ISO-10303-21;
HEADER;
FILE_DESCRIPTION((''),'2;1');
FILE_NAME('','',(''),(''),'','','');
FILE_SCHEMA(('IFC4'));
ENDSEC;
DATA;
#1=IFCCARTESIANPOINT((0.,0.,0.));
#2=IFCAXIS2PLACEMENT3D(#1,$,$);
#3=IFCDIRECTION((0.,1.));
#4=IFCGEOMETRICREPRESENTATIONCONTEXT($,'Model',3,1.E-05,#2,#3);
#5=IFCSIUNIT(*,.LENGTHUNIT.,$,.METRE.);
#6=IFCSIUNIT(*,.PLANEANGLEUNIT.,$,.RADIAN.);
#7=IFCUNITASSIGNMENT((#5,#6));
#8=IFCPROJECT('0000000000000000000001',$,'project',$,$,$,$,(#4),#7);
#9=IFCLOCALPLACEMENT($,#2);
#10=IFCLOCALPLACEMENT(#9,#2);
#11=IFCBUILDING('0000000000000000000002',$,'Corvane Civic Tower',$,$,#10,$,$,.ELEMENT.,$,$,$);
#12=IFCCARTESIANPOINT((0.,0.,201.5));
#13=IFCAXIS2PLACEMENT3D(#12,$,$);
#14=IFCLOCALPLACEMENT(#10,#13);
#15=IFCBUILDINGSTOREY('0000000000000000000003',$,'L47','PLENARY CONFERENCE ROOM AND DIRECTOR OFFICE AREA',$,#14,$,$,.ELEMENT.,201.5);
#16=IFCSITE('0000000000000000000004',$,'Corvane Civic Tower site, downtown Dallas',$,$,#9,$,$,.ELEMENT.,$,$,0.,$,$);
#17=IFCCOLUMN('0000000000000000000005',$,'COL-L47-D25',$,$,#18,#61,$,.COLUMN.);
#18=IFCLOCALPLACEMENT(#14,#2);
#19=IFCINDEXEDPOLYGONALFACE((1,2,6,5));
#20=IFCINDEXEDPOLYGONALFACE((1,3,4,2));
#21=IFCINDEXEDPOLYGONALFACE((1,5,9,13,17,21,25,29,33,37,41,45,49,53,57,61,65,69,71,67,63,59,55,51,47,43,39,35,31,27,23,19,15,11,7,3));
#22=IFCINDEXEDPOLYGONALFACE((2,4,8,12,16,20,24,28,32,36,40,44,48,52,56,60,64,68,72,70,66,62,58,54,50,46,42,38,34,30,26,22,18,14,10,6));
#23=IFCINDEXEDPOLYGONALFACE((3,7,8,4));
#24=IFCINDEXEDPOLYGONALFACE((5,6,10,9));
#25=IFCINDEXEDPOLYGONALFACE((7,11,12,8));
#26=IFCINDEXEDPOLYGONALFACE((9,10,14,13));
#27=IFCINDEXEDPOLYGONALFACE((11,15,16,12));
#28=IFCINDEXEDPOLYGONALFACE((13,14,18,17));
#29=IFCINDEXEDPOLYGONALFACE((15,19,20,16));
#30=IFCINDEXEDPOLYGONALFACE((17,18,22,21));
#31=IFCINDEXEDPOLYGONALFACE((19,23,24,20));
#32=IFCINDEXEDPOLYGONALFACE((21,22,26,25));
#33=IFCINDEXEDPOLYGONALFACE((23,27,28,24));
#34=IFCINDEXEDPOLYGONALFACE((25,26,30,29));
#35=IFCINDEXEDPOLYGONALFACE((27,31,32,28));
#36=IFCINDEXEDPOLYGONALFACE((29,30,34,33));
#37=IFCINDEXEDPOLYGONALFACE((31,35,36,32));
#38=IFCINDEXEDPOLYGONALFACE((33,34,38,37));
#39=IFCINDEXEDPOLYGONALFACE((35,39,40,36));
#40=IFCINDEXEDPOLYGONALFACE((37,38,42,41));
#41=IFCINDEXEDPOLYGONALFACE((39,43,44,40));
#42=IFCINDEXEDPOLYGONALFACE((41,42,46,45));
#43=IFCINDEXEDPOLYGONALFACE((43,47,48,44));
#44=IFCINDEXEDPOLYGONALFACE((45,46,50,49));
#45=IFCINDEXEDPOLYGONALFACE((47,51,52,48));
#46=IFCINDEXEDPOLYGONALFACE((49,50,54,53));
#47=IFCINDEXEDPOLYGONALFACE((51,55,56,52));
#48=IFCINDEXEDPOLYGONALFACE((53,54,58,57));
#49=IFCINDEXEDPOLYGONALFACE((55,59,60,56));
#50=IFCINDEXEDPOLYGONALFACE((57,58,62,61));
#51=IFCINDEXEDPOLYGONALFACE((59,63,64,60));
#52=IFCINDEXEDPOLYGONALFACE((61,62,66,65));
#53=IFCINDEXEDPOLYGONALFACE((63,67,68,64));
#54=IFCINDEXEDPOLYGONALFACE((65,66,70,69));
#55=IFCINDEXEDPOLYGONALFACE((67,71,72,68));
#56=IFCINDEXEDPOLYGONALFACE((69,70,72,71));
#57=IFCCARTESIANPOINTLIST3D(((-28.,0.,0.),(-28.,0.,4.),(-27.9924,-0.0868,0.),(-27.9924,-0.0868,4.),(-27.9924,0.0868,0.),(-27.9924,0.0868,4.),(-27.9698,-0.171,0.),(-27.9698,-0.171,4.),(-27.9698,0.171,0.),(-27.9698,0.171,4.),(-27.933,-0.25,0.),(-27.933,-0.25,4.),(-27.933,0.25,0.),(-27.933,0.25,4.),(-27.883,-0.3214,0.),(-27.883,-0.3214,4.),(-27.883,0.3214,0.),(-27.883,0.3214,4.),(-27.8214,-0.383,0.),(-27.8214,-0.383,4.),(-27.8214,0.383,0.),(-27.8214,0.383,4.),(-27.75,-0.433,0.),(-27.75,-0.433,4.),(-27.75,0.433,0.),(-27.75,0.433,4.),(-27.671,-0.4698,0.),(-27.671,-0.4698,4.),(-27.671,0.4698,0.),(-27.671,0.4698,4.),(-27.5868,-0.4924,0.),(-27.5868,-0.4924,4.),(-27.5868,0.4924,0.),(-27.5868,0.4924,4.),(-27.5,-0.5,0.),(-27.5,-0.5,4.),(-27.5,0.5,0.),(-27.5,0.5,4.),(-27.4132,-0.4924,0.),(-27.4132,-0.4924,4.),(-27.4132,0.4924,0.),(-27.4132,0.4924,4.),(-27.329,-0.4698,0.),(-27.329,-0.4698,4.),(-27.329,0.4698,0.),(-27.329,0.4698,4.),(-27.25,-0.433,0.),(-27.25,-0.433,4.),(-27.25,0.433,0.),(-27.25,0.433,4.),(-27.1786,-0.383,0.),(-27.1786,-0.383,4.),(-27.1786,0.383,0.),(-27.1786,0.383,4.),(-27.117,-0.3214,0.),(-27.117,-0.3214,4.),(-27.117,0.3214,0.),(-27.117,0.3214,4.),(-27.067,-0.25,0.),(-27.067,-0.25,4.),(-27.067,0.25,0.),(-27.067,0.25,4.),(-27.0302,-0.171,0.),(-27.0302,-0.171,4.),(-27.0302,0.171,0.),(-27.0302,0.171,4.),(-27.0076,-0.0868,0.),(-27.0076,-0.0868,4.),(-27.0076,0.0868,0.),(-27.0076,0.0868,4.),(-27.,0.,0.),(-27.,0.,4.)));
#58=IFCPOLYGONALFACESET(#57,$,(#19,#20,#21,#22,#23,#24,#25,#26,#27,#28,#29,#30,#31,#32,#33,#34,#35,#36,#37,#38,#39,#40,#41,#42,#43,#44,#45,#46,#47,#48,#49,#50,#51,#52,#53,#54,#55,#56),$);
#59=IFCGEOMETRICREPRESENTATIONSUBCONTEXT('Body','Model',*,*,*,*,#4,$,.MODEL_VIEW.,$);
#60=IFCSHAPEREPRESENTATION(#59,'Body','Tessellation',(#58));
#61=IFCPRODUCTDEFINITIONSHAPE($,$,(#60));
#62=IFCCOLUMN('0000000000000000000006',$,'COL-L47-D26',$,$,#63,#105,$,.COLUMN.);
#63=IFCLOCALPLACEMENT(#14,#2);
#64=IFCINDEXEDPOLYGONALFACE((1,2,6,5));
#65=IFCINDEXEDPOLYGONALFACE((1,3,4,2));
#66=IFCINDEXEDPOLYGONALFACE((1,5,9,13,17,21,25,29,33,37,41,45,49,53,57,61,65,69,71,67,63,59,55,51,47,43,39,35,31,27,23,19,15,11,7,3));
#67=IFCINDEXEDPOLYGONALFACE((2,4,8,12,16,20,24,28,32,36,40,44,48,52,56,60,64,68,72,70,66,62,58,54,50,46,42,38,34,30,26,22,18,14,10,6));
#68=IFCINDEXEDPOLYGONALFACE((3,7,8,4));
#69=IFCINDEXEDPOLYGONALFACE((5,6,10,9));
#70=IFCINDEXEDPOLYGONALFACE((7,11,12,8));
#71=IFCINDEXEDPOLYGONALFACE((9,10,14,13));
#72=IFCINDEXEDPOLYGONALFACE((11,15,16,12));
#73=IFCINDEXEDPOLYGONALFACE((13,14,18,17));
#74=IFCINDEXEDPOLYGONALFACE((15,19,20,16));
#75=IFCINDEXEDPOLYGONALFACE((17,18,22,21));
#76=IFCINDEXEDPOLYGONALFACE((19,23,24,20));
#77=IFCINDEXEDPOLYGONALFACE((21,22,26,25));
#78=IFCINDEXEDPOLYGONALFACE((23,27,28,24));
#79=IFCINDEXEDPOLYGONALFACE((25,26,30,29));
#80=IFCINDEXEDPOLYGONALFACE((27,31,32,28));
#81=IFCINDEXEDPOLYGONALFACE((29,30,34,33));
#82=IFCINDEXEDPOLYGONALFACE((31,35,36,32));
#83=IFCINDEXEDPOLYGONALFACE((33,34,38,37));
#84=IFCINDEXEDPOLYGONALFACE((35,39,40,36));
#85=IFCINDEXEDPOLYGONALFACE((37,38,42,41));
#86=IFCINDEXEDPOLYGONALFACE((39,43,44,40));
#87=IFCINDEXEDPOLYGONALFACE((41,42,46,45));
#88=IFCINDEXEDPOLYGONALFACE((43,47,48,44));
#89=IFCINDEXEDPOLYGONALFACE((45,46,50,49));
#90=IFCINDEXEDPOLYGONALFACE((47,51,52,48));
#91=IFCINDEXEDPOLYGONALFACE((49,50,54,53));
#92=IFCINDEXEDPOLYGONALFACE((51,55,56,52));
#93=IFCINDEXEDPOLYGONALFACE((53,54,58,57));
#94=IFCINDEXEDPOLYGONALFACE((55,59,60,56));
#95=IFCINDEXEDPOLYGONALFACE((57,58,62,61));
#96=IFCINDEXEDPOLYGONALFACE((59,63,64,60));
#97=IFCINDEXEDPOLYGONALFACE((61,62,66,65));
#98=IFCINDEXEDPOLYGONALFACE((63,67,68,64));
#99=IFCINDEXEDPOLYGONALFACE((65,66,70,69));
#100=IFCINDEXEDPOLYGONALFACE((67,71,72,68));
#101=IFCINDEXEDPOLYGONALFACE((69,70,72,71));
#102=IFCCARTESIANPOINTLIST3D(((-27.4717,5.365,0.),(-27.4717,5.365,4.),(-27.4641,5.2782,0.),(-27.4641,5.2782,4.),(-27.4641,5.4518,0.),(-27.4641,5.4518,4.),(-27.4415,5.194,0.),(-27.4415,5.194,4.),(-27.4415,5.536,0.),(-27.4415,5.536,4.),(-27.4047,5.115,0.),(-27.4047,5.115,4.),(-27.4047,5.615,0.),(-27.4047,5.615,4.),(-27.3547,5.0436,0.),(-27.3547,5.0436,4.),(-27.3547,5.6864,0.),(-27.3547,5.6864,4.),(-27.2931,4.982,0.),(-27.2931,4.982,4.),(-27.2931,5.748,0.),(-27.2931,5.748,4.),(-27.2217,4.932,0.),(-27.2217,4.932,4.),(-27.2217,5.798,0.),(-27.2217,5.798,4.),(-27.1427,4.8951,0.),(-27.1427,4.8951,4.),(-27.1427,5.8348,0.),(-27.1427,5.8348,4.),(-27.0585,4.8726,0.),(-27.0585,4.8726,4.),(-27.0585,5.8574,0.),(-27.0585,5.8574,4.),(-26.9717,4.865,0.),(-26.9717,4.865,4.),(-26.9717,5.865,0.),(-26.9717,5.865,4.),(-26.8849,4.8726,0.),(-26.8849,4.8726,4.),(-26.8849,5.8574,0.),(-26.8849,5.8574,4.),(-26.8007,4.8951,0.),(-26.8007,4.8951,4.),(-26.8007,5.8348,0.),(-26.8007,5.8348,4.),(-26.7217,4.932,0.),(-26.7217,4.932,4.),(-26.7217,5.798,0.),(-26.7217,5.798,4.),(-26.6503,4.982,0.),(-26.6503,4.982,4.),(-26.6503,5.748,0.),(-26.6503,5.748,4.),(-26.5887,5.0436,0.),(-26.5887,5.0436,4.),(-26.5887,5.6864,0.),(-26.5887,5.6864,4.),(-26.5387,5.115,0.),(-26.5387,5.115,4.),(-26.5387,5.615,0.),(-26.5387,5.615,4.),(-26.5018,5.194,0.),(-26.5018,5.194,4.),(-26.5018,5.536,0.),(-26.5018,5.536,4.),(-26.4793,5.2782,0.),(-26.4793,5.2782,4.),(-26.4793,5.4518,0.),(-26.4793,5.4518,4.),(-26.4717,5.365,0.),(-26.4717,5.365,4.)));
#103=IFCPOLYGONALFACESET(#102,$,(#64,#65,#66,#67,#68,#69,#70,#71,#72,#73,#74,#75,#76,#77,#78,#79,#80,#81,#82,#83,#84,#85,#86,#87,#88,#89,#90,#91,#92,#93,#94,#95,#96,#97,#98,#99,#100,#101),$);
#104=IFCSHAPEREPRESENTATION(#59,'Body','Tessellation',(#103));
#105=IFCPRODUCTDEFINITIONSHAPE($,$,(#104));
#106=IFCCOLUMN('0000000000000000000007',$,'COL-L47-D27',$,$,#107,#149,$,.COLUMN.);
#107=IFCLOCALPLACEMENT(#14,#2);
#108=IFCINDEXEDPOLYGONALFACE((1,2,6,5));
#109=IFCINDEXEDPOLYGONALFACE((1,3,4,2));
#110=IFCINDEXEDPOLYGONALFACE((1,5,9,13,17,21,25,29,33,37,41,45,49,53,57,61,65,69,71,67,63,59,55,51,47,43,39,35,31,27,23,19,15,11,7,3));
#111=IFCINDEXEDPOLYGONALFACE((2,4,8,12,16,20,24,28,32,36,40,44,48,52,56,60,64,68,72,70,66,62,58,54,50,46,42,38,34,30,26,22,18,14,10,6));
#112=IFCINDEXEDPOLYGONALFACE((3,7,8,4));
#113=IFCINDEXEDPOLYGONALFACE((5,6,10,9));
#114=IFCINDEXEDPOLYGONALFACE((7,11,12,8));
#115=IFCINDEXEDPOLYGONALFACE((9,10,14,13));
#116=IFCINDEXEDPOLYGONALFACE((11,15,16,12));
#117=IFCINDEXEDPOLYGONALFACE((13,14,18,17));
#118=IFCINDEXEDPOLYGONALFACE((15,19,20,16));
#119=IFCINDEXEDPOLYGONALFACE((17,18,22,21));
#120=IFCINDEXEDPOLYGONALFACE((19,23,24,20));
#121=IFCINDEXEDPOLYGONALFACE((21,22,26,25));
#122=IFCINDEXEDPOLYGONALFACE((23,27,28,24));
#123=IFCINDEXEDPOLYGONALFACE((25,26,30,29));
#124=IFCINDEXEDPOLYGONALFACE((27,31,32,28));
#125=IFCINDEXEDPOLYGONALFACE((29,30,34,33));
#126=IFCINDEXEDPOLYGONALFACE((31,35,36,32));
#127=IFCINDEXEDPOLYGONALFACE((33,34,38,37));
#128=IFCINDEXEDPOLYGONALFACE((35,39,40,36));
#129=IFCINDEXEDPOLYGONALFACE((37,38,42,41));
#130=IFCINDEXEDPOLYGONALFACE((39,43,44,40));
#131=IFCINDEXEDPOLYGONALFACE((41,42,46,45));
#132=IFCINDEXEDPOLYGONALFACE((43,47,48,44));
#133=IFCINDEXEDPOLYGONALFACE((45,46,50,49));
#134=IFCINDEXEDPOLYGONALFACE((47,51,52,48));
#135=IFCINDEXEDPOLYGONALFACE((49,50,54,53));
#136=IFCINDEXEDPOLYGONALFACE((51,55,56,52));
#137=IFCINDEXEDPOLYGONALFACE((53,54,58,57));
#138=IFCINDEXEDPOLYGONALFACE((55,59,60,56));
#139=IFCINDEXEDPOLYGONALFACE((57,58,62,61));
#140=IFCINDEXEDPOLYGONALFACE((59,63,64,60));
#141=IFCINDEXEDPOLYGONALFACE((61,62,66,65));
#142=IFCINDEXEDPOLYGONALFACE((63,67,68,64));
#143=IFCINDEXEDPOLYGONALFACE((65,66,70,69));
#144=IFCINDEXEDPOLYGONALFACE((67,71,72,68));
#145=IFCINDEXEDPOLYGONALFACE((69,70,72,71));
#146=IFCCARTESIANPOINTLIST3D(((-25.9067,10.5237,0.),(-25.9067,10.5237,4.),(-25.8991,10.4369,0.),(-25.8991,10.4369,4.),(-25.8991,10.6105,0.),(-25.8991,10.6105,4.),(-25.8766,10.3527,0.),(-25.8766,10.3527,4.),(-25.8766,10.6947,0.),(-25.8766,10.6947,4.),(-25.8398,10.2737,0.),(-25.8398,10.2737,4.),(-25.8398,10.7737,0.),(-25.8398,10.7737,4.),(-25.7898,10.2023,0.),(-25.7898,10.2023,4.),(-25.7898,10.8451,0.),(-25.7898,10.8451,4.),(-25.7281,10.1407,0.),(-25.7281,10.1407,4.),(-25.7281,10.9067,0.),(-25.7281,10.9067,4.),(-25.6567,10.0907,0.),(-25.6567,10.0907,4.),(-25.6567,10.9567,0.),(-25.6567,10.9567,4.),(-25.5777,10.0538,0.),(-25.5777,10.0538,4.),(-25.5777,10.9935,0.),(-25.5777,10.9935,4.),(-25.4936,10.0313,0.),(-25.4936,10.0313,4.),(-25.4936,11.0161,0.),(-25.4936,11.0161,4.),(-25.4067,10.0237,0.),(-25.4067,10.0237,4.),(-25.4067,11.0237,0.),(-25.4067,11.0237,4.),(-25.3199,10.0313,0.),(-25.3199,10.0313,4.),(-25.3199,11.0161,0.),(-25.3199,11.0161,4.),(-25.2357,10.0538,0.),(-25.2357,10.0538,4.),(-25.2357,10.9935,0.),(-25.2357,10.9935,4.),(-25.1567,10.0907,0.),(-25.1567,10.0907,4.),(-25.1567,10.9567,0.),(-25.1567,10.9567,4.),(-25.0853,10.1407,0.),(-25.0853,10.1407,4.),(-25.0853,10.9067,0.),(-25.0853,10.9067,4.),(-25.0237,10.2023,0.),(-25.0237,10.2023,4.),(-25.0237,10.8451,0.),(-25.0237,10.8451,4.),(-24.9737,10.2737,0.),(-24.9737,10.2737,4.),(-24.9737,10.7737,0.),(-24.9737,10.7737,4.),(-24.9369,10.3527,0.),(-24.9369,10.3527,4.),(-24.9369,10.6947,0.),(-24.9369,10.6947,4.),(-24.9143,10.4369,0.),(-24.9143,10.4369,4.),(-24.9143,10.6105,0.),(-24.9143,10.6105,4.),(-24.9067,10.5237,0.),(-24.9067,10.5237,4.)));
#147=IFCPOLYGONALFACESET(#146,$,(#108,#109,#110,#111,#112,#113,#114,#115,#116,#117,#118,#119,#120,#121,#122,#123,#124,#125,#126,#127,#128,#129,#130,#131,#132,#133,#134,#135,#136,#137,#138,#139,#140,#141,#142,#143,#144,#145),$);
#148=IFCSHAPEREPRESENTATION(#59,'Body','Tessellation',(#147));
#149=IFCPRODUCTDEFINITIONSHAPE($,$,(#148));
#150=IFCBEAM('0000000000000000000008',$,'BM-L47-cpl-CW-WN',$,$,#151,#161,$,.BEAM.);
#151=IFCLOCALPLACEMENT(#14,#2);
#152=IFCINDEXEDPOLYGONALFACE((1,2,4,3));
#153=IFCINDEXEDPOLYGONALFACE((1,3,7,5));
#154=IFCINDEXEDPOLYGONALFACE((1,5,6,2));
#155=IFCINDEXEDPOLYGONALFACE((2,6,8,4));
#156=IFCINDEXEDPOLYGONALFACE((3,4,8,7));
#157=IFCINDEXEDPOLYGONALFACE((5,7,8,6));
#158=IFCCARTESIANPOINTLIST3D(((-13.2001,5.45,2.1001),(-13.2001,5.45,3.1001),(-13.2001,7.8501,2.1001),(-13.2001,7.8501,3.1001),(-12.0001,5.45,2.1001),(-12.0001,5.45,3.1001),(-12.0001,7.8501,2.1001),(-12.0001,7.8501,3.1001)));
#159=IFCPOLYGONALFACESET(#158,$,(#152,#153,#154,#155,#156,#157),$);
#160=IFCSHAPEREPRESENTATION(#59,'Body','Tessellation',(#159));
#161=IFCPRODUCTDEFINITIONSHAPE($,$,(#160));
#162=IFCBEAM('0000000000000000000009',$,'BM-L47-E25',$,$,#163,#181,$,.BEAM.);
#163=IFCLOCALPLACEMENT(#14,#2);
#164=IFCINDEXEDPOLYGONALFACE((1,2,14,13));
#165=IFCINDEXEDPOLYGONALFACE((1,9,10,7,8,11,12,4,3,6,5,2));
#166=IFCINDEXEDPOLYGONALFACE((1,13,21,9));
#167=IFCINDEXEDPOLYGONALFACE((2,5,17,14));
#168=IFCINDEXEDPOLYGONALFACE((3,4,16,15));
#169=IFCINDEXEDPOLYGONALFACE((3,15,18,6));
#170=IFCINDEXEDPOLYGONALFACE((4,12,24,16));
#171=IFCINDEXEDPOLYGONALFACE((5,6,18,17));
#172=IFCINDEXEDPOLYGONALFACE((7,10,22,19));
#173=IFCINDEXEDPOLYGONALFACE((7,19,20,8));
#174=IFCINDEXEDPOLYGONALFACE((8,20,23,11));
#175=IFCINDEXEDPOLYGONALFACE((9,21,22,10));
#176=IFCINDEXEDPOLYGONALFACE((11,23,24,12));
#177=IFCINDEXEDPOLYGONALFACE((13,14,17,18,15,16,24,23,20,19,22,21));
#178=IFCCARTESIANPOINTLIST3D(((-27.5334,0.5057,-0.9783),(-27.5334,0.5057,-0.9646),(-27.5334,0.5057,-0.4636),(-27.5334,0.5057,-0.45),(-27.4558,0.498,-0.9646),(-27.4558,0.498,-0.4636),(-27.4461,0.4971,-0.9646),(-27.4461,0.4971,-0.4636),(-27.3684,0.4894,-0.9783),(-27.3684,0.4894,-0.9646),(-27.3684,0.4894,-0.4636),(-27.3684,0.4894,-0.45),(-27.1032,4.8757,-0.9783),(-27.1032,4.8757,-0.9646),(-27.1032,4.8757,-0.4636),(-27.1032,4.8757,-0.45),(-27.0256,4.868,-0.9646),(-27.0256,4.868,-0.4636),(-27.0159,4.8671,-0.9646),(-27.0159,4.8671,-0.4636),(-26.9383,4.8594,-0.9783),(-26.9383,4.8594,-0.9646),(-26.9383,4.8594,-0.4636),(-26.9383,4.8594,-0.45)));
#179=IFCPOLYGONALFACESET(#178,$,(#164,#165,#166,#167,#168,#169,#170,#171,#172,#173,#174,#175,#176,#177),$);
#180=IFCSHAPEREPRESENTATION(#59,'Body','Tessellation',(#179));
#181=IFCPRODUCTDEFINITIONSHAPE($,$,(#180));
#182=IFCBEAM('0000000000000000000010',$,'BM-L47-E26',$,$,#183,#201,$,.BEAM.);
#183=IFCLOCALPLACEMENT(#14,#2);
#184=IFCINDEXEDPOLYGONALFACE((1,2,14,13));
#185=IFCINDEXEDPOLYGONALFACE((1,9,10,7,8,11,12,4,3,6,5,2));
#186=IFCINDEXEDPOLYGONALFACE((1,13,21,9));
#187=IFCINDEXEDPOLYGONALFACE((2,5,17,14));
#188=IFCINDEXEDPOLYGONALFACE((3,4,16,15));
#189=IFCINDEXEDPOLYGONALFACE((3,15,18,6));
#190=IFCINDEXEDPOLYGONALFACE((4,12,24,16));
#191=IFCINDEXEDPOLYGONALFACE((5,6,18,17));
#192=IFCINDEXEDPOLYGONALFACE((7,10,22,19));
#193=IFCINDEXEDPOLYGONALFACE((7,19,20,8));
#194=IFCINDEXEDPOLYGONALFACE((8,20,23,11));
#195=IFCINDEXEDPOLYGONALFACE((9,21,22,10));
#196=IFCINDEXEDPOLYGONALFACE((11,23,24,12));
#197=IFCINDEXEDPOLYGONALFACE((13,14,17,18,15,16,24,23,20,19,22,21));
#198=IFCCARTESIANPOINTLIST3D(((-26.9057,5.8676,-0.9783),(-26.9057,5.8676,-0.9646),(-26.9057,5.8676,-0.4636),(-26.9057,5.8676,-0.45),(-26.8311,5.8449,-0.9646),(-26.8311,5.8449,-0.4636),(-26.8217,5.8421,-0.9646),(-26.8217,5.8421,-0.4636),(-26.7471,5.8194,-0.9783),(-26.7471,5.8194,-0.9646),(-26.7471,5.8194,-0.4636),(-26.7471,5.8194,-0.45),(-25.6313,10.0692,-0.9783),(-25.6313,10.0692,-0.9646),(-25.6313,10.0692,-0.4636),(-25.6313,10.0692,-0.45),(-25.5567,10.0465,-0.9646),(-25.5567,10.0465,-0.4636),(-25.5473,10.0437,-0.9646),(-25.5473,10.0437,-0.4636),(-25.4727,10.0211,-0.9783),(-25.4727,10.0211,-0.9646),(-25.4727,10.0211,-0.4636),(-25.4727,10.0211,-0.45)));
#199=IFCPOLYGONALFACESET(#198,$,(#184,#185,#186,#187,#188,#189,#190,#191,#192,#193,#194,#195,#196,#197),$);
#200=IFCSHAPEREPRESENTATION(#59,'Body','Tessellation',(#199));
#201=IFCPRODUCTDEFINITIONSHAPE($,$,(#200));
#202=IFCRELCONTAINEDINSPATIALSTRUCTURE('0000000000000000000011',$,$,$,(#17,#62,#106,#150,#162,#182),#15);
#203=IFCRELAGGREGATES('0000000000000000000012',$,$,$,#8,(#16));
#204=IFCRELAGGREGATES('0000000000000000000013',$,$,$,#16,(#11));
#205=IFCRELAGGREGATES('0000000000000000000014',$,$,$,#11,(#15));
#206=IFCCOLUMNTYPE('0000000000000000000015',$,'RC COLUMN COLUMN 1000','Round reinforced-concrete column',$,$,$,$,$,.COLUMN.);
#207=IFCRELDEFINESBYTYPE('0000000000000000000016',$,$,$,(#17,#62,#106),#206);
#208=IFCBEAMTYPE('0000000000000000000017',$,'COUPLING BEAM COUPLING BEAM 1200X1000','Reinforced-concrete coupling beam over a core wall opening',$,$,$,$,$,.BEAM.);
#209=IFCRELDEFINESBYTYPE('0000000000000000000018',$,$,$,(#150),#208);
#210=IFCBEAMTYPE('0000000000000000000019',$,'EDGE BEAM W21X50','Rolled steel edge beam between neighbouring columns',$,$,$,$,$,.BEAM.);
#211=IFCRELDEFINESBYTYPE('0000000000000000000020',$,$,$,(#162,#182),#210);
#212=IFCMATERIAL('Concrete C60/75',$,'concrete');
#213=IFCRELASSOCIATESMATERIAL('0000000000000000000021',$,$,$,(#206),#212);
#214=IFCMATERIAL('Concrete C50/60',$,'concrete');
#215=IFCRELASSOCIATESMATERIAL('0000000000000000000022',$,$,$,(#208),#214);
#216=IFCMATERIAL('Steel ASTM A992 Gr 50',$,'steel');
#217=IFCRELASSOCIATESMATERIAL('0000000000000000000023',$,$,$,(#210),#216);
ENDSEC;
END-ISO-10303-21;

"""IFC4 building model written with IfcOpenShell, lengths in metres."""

from ifc_helpers import new_model, si_unit, direction, frame, origin, origin_2d, place, context, subcontext, project, spatial, rectangle, circle, i_section, extrude, material, material_profile, profile_set, type_object, element, save


model = new_model("IFC4")

# Units and contexts
model_context = context("Model", 3, precision=1e-05, world=origin(), true_north=direction((0.0, 1.0)))
body_context = subcontext(model_context, "Body", "Model", "MODEL_VIEW")
ifc_project = project(units=[si_unit("LENGTHUNIT", "METRE"), si_unit("PLANEANGLEUNIT", "RADIAN")], contexts=[model_context])

# Site, building, storey
site_placement = place(None, origin())
site = spatial("IfcSite", under=ifc_project, at=site_placement, Name="Corvane Civic Tower site, downtown Dallas", CompositionType="ELEMENT", RefElevation=0.0)
building_placement = place(site_placement, origin())
building = spatial("IfcBuilding", under=site, at=building_placement, Name="Corvane Civic Tower", CompositionType="ELEMENT")
storey_placement = place(building_placement, frame((0.0, 0.0, 201.5)))
storey = spatial("IfcBuildingStorey", under=building, at=storey_placement, Name="L47", Description="PLENARY CONFERENCE ROOM AND DIRECTOR OFFICE AREA", CompositionType="ELEMENT", Elevation=201.5)

# Columns
ifc_material_1 = material(Name="Concrete C60/75", Category="concrete")
ifc_material_profile_1 = material_profile(ifc_material_1, circle(Radius=0.5, at=origin_2d()), Name="COLUMN 1000")
ifc_profile_set_1 = profile_set([ifc_material_profile_1], Name="Concrete C60/75")
column_type = type_object("IfcColumnType", Name="RC COLUMN COLUMN 1000", Description="Round reinforced-concrete column", PredefinedType="COLUMN", material=ifc_profile_set_1)
for number, where, z_axis, x_axis, name in (
    (1, (-27.5, 0.0, 0.0), (0.0, 0.0, 1.0), (1.0, 0.0, 0.0), "COL-L47-D25"),
    (2, (-26.9717, 5.365, 0.0), (0.0, 0.0, 1.0), (1.0, 0.0, 0.0), "COL-L47-D26"),
    (3, (-25.4067, 10.5237, 0.0), (0.0, 0.0, 1.0), (1.0, 0.0, 0.0), "COL-L47-D27"),
):
    element("IfcColumn", number, at=place(storey_placement, frame(where, z_axis=z_axis, x_axis=x_axis)), inside=storey, type_object=column_type, Name=name, PredefinedType="COLUMN", context=body_context, shape_type="SweptSolid", body=[
        extrude(circle(Radius=0.5, at=origin_2d()), origin(), (0.0, 0.0, 1.0), 4.0),
    ])

# Beams
ifc_material_2 = material(Name="Concrete C50/60", Category="concrete")
ifc_material_profile_2 = material_profile(ifc_material_2, rectangle(XDim=1.2, YDim=1.0, at=origin_2d()), Name="COUPLING BEAM 1200X1000")
ifc_profile_set_2 = profile_set([ifc_material_profile_2], Name="Concrete C50/60")
beam_type_1 = type_object("IfcBeamType", Name="COUPLING BEAM COUPLING BEAM 1200X1000", Description="Reinforced-concrete coupling beam over a core wall opening", PredefinedType="BEAM", material=ifc_profile_set_2)
beam_1_placement = place(storey_placement, frame((-12.6001, 5.45, 2.6001), z_axis=(0.0, 1.0, 0.0), x_axis=(-1.0, 0.0, 0.0)))
element("IfcBeam", 4, at=beam_1_placement, inside=storey, type_object=beam_type_1, Name="BM-L47-cpl-CW-WN", PredefinedType="BEAM", context=body_context, shape_type="SweptSolid", body=[
    extrude(rectangle(XDim=1.2, YDim=1.0, at=origin_2d()), origin(), (0.0, 0.0, 1.0), 2.4001),
])
ifc_material_3 = material(Name="Steel ASTM A992 Gr 50", Category="steel")
ifc_material_profile_3 = material_profile(ifc_material_3, i_section(OverallWidth=0.1658, OverallDepth=0.5283, WebThickness=0.0098, FlangeThickness=0.0137, at=origin_2d()), Name="W21X50")
ifc_profile_set_3 = profile_set([ifc_material_profile_3], Name="Steel ASTM A992 Gr 50")
beam_type_2 = type_object("IfcBeamType", Name="EDGE BEAM W21X50", Description="Rolled steel edge beam between neighbouring columns", PredefinedType="BEAM", material=ifc_profile_set_3)
beam_2_placement = place(storey_placement, frame((-27.4509, 0.4976, -0.7141), z_axis=(0.097968, 0.99519, 0.0), x_axis=(-0.99519, 0.097968, 0.0)))
element("IfcBeam", 5, at=beam_2_placement, inside=storey, type_object=beam_type_2, Name="BM-L47-E25", PredefinedType="BEAM", context=body_context, shape_type="SweptSolid", body=[
    extrude(i_section(OverallWidth=0.1658, OverallDepth=0.5283, WebThickness=0.0098, FlangeThickness=0.0137, at=origin_2d()), origin(), (0.0, 0.0, 1.0), 4.3911),
])
beam_3_placement = place(storey_placement, frame((-26.8264, 5.8435, -0.7141), z_axis=(0.290254, 0.95695, 0.0), x_axis=(-0.95695, 0.290254, 0.0)))
element("IfcBeam", 6, at=beam_3_placement, inside=storey, type_object=beam_type_2, Name="BM-L47-E26", PredefinedType="BEAM", context=body_context, shape_type="SweptSolid", body=[
    extrude(i_section(OverallWidth=0.1658, OverallDepth=0.5283, WebThickness=0.0098, FlangeThickness=0.0137, at=origin_2d()), origin(), (0.0, 0.0, 1.0), 4.3906),
])

save(model, "model.ifc")
